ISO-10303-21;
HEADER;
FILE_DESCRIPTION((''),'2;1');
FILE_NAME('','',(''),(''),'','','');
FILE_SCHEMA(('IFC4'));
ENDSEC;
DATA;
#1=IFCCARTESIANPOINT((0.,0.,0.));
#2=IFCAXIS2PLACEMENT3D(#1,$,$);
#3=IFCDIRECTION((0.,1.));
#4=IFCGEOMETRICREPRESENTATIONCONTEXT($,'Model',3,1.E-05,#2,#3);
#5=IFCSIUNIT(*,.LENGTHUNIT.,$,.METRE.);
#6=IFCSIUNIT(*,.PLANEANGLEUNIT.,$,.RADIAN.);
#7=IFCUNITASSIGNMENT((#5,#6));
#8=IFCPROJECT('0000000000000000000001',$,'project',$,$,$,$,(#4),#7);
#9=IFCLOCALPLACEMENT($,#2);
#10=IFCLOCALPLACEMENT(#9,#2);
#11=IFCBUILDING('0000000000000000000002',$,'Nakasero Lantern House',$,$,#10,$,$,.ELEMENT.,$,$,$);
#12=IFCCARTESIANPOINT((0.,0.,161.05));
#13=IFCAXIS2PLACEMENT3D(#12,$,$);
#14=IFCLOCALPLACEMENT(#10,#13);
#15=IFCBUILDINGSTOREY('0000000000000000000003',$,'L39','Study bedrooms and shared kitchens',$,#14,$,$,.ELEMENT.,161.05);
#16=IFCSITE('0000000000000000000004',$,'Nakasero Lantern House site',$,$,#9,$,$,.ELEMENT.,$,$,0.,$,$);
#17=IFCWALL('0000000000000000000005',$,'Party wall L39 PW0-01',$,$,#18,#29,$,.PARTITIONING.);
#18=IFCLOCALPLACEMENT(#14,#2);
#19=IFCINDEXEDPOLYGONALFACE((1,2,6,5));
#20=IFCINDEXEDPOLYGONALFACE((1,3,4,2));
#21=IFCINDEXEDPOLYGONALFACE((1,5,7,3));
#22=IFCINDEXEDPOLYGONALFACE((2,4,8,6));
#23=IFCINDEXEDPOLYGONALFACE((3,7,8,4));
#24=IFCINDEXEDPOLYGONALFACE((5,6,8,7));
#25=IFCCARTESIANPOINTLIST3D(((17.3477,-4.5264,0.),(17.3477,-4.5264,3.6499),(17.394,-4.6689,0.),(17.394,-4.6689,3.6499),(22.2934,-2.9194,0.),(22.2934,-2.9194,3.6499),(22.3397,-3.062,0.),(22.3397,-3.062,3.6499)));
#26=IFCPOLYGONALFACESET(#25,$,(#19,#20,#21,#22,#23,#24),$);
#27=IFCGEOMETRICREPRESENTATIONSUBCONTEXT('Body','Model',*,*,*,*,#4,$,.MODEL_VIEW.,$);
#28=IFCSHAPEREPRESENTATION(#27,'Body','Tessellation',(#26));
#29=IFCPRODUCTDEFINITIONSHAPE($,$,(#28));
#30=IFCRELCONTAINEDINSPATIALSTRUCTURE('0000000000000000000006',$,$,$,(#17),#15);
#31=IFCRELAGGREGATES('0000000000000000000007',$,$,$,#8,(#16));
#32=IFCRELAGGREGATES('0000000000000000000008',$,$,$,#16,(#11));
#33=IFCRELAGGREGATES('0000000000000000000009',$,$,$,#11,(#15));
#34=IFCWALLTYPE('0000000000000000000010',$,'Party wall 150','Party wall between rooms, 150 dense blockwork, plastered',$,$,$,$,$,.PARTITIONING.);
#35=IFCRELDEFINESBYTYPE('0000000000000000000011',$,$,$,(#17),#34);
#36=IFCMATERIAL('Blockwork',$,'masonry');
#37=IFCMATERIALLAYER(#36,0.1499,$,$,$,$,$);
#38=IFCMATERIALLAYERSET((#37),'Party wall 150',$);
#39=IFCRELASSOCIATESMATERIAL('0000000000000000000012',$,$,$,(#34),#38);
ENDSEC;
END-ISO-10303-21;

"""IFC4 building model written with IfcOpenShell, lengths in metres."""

from ifc_helpers import new_model, si_unit, direction, frame, frame_2d, origin, place, context, subcontext, project, spatial, rectangle, extrude, material, layer, layer_set, type_object, element, save


model = new_model("IFC4")

# Units and contexts
model_context = context("Model", 3, precision=1e-05, world=origin(), true_north=direction((0.0, 1.0)))
body_context = subcontext(model_context, "Body", "Model", "MODEL_VIEW")
ifc_project = project(units=[si_unit("LENGTHUNIT", "METRE"), si_unit("PLANEANGLEUNIT", "RADIAN")], contexts=[model_context])

# Site, building, storey
site_placement = place(None, origin())
site = spatial("IfcSite", under=ifc_project, at=site_placement, Name="Nakasero Lantern House site", CompositionType="ELEMENT", RefElevation=0.0)
building_placement = place(site_placement, origin())
building = spatial("IfcBuilding", under=site, at=building_placement, Name="Nakasero Lantern House", CompositionType="ELEMENT")
storey_placement = place(building_placement, frame((0.0, 0.0, 161.05)))
storey = spatial("IfcBuildingStorey", under=building, at=storey_placement, Name="L39", Description="Study bedrooms and shared kitchens", CompositionType="ELEMENT", Elevation=161.05)

# Wall
ifc_material_1 = material(Name="Blockwork", Category="masonry")
ifc_layer_1 = layer(ifc_material_1, 0.1499)
ifc_layer_set_1 = layer_set([ifc_layer_1], Name="Party wall 150")
wall_type_1 = type_object("IfcWallType", Name="Party wall 150", Description="Party wall between rooms, 150 dense blockwork, plastered", PredefinedType="PARTITIONING", material=ifc_layer_set_1)
wall_1_placement = place(storey_placement, frame((17.3708, -4.5977, 0.0), z_axis=(0.0, 0.0, 1.0), x_axis=(0.951055, 0.309021, 0.0)))
element("IfcWall", 1, at=wall_1_placement, inside=storey, type_object=wall_type_1, Name="Party wall L39 PW0-01", PredefinedType="PARTITIONING", context=body_context, shape_type="SweptSolid", body=[
    extrude(rectangle(XDim=5.2002, YDim=0.1499, at=frame_2d((2.6001, 0.0))), origin(), (0.0, 0.0, 1.0), 3.6499),
])

save(model, "model.ifc")
